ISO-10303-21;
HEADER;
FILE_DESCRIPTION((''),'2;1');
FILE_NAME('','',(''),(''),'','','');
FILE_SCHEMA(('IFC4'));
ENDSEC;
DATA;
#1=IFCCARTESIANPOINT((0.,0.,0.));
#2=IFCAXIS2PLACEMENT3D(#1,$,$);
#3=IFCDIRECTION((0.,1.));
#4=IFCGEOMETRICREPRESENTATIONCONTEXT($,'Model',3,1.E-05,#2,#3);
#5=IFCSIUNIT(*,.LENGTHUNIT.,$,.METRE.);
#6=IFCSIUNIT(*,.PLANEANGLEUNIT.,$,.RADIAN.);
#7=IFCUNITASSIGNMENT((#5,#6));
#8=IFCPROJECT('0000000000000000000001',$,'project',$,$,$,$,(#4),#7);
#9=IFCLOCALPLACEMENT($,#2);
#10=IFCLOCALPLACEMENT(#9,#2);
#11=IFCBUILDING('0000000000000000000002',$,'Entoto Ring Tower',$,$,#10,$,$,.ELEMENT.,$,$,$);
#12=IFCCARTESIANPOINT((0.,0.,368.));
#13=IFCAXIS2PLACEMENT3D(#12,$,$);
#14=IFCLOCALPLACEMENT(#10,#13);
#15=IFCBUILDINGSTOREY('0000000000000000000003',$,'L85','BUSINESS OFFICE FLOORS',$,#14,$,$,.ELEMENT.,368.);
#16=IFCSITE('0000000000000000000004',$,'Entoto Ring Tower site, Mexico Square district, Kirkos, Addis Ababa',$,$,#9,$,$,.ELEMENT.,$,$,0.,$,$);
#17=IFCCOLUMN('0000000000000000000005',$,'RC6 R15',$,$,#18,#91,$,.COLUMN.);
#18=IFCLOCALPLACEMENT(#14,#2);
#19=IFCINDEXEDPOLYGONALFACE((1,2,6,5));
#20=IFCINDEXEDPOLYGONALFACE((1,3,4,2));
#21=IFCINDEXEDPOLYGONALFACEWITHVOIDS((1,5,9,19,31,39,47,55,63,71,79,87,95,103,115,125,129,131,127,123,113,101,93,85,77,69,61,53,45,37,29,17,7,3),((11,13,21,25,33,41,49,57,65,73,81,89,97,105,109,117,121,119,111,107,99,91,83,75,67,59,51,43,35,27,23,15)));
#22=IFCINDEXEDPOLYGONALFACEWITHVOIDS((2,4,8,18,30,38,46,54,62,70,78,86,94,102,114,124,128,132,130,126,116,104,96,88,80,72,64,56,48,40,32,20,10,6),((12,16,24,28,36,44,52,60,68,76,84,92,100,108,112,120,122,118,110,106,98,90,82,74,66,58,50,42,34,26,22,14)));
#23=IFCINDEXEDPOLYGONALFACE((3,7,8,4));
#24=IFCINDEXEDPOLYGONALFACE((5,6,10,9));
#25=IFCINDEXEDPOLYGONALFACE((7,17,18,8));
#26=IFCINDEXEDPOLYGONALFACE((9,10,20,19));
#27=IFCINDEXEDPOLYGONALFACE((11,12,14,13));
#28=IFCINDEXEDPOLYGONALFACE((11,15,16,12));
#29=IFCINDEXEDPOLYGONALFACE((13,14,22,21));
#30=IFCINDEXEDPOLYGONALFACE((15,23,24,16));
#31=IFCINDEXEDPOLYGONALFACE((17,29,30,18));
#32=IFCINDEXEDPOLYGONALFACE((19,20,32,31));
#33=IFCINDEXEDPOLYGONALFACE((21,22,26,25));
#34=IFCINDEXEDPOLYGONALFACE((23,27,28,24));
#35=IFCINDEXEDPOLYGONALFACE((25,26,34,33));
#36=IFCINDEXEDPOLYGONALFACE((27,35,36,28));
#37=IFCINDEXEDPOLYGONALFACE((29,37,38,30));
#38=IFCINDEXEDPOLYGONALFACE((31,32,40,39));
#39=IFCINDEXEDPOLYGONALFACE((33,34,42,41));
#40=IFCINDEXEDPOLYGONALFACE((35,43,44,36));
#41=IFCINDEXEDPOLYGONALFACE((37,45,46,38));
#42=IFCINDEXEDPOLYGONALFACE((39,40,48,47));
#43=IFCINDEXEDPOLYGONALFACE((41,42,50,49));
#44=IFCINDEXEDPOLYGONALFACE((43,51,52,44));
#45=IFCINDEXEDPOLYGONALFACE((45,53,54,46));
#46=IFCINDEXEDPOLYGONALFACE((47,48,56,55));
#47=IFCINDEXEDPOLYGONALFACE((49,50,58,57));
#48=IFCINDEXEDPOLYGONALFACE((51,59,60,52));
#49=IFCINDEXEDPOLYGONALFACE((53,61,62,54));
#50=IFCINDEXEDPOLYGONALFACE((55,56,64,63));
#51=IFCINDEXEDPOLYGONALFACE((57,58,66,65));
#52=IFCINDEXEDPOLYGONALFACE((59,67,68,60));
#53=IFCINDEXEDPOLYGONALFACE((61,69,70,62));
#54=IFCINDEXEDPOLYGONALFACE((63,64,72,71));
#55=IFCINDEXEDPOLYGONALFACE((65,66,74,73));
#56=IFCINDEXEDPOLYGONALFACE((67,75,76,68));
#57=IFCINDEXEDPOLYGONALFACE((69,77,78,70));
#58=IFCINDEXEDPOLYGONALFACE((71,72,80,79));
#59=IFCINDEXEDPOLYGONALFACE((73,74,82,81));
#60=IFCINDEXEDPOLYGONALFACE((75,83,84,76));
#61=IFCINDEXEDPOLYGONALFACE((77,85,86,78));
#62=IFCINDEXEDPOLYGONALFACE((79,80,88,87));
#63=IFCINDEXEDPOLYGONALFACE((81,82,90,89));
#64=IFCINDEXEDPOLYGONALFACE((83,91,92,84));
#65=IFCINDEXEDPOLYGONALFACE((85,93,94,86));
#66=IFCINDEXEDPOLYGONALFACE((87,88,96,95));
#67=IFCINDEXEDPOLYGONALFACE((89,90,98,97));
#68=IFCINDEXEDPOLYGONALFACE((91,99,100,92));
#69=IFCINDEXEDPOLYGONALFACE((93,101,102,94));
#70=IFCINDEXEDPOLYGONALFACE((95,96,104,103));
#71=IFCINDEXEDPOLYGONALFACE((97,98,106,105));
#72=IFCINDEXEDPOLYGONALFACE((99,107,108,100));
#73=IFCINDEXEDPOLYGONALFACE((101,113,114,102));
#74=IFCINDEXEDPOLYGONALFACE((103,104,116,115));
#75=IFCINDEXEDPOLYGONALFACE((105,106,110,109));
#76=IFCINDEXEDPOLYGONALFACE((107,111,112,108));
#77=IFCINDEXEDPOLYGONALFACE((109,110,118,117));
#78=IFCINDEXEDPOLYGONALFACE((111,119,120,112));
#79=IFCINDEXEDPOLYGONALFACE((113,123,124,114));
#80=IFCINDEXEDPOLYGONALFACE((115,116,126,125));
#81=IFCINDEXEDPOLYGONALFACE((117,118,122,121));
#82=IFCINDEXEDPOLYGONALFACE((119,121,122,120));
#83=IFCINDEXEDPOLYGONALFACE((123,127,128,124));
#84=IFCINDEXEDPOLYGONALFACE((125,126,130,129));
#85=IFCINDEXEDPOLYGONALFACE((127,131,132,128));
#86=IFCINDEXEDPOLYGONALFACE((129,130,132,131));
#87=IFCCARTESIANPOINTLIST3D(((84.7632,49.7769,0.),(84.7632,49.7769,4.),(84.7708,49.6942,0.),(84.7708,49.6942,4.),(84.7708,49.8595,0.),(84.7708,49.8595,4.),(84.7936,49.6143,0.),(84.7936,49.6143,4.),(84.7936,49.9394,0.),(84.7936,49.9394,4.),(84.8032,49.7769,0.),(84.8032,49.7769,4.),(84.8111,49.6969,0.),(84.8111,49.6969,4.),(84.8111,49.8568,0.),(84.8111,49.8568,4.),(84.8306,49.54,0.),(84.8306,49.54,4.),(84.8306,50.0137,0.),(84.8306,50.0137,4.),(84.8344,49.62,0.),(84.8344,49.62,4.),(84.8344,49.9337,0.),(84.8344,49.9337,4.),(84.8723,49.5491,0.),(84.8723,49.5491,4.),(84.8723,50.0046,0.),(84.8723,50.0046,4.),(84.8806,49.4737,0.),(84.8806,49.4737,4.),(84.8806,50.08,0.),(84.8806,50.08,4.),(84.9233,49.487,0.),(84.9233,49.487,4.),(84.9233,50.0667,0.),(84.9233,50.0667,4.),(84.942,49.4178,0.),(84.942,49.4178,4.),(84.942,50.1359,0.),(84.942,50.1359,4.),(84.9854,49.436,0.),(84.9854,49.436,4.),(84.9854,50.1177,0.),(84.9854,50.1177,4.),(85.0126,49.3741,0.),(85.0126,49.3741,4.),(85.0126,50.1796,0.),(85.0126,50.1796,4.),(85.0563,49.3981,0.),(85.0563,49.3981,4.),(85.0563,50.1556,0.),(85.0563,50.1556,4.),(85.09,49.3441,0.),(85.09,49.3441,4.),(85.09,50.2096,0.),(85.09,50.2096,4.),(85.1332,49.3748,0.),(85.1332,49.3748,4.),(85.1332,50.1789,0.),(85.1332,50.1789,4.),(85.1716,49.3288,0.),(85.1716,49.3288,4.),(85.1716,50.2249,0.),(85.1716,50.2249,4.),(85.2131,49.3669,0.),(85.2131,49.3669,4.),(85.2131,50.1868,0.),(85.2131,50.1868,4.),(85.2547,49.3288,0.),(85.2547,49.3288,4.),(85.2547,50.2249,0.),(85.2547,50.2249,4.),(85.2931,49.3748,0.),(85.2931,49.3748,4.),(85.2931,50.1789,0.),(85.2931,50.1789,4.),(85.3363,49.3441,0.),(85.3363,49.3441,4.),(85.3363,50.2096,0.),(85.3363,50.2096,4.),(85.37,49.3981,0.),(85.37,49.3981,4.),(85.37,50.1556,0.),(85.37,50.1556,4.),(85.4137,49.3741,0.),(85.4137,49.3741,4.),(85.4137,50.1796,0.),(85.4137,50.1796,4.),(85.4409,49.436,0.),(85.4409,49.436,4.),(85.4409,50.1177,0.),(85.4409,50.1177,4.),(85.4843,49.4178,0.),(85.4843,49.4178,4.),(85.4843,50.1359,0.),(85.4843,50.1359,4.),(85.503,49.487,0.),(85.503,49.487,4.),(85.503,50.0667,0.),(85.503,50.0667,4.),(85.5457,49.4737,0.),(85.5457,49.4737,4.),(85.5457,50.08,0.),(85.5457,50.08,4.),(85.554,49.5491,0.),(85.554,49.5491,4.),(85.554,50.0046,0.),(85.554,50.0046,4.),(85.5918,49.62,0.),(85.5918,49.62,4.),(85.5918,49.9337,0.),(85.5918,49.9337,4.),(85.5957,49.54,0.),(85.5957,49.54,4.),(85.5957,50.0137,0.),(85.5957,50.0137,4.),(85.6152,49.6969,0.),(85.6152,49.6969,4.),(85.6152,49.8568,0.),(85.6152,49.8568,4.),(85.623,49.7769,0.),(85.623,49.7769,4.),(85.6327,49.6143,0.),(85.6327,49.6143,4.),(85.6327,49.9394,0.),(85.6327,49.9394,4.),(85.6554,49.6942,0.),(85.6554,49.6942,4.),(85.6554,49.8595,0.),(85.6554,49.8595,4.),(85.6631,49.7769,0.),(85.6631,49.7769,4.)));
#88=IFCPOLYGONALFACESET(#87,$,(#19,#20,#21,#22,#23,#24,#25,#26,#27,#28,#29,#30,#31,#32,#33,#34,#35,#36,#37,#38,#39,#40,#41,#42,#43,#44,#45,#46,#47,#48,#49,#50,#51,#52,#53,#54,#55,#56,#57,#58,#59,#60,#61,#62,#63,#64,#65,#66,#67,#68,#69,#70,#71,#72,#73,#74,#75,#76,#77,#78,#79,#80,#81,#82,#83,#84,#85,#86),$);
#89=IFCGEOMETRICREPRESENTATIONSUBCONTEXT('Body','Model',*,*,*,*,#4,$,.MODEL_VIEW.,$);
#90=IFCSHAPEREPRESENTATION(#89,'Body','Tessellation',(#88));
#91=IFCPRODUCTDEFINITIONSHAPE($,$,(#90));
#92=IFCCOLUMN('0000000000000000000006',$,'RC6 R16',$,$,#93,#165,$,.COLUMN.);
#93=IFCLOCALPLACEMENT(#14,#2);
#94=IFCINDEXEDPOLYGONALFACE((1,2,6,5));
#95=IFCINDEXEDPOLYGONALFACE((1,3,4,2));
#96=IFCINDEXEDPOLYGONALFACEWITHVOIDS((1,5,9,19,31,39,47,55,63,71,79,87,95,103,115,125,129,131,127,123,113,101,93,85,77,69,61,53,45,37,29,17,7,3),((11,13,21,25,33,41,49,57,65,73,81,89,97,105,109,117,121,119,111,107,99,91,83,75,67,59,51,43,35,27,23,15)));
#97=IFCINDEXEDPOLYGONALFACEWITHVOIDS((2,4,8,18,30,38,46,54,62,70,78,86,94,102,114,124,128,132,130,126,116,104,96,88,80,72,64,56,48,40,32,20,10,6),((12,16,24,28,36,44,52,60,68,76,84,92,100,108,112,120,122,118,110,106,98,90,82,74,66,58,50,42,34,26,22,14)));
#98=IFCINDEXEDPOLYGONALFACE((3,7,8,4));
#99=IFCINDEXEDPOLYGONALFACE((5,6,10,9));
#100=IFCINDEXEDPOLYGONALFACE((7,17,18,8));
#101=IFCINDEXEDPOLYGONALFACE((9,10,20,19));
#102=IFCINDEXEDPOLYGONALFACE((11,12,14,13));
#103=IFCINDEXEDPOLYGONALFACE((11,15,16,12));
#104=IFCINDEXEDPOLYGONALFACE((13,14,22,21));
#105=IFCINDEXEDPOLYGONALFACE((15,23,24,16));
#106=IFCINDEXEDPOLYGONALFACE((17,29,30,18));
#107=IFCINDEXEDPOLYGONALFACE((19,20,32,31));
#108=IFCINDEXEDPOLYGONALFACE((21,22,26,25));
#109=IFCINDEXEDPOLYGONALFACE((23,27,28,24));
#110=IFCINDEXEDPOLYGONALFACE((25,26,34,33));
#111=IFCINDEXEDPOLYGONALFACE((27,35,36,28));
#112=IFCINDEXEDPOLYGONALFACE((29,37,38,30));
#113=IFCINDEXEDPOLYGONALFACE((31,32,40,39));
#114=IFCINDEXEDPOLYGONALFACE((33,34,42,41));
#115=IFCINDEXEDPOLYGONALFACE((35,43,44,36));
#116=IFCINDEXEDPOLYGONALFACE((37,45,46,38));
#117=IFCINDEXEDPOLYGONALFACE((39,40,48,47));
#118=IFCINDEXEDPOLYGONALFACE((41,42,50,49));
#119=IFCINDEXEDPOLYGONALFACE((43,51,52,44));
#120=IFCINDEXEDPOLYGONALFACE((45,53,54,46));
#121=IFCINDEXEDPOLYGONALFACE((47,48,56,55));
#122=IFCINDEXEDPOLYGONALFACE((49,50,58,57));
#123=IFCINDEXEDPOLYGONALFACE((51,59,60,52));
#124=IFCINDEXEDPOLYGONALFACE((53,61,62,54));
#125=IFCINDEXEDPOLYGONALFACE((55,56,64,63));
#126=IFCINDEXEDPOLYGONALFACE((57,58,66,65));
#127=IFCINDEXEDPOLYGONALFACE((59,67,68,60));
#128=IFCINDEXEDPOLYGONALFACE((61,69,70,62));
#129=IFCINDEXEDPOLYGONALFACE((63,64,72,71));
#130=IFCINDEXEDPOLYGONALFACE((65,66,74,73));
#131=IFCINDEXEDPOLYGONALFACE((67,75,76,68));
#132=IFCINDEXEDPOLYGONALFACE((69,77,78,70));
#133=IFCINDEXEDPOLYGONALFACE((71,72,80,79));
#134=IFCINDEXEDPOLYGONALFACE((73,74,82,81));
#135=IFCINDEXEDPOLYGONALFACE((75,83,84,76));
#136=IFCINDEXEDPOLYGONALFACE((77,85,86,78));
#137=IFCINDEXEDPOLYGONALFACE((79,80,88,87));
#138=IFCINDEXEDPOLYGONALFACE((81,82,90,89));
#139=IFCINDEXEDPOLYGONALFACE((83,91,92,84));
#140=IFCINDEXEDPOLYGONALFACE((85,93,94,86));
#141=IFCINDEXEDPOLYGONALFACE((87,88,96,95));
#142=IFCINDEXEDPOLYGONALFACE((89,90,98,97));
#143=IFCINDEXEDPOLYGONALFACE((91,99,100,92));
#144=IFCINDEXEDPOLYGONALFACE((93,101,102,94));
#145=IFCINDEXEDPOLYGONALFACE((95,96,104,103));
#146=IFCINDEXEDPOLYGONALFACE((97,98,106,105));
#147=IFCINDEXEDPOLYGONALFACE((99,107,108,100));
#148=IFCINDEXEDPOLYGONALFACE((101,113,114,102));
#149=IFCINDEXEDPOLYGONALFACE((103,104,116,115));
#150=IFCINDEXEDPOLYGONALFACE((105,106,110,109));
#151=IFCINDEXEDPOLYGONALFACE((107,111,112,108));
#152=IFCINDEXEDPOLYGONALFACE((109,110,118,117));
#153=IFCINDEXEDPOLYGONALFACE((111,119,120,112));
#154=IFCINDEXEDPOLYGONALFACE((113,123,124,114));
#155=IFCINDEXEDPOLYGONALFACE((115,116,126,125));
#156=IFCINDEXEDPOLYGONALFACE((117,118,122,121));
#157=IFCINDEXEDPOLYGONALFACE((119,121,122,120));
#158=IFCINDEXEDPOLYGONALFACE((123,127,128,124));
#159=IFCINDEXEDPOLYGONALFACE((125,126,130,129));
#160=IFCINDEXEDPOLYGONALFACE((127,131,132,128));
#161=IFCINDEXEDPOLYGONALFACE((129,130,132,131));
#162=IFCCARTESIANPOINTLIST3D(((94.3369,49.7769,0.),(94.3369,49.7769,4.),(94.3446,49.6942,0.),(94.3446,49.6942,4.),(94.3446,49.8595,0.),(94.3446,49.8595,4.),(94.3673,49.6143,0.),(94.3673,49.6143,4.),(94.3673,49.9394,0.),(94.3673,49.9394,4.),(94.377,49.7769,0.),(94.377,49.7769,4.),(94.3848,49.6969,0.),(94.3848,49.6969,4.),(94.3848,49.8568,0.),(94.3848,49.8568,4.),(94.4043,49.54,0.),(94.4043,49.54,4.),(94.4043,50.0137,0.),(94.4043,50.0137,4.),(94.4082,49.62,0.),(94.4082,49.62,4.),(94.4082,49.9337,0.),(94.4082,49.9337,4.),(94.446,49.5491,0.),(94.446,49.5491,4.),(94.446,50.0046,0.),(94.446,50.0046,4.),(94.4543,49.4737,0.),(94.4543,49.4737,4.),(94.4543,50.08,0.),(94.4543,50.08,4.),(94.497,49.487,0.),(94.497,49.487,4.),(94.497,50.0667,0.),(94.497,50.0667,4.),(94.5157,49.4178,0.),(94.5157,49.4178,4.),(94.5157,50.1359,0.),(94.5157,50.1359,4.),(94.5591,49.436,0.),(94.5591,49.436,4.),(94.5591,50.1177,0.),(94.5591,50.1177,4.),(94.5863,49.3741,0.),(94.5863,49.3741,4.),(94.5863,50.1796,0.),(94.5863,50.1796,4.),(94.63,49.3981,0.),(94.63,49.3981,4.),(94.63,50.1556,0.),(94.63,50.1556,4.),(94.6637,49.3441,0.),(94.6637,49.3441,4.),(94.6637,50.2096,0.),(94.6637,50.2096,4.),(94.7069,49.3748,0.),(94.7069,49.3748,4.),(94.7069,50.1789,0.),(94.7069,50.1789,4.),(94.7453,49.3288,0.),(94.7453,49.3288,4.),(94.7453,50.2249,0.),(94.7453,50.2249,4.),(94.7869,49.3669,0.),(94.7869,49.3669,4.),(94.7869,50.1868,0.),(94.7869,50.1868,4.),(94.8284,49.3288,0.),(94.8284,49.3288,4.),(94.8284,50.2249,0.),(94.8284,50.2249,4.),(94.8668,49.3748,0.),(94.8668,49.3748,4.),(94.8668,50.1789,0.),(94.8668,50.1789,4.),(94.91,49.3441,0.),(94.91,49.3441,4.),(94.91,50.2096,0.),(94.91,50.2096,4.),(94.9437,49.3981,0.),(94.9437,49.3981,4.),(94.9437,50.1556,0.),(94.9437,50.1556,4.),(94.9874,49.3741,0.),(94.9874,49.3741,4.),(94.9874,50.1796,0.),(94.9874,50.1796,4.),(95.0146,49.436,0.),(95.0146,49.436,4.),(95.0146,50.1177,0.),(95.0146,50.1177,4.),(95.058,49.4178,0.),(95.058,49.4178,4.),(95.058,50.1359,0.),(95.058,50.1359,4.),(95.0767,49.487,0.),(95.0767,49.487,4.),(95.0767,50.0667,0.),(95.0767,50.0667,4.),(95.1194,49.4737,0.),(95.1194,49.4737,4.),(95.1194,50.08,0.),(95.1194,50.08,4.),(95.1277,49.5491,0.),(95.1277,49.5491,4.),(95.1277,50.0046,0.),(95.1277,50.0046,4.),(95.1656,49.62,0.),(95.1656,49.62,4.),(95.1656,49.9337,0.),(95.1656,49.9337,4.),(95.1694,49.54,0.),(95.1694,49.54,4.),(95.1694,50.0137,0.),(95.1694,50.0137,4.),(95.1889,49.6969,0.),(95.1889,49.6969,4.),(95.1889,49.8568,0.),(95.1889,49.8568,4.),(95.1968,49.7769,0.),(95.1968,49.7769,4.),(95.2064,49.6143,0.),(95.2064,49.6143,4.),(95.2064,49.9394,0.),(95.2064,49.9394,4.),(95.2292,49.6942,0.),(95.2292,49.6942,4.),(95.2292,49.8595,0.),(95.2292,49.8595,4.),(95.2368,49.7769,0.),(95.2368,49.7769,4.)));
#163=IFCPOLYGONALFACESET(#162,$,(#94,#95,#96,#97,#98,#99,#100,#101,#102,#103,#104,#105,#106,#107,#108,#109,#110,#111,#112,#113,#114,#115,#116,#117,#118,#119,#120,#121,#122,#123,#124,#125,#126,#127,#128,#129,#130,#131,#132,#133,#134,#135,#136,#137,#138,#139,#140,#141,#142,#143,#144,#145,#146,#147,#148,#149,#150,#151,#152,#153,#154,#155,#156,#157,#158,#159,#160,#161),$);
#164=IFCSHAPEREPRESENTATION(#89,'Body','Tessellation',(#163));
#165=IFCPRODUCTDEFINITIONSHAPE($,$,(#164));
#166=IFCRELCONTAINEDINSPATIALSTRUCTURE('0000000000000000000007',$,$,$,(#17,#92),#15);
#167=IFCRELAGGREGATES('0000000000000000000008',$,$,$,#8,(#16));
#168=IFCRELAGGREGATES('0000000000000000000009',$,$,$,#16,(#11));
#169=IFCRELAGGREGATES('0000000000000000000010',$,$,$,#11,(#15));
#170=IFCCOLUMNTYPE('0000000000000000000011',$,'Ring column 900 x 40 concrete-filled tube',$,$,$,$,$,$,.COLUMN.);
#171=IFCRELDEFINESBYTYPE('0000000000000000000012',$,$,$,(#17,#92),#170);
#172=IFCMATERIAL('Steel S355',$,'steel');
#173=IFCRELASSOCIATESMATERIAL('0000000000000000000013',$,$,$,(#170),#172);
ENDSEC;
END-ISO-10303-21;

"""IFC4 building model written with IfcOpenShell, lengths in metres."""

from ifc_helpers import new_model, si_unit, direction, frame, origin, origin_2d, place, context, subcontext, project, spatial, circle, hollow_circle, extrude, material, material_profile, profile_set, type_object, element, save


model = new_model("IFC4")

# Units and contexts
model_context = context("Model", 3, precision=1e-05, world=origin(), true_north=direction((0.0, 1.0)))
body_context = subcontext(model_context, "Body", "Model", "MODEL_VIEW")
ifc_project = project(units=[si_unit("LENGTHUNIT", "METRE"), si_unit("PLANEANGLEUNIT", "RADIAN")], contexts=[model_context])

# Site, building, storey
site_placement = place(None, origin())
site = spatial("IfcSite", under=ifc_project, at=site_placement, Name="Entoto Ring Tower site, Mexico Square district, Kirkos, Addis Ababa", CompositionType="ELEMENT", RefElevation=0.0)
building_placement = place(site_placement, origin())
building = spatial("IfcBuilding", under=site, at=building_placement, Name="Entoto Ring Tower", CompositionType="ELEMENT")
storey_placement = place(building_placement, frame((0.0, 0.0, 368.0)))
storey = spatial("IfcBuildingStorey", under=building, at=storey_placement, Name="L85", Description="BUSINESS OFFICE FLOORS", CompositionType="ELEMENT", Elevation=368.0)

# Columns
ifc_material_1 = material(Name="Steel S355", Category="steel")
ifc_material_profile_1 = material_profile(ifc_material_1, hollow_circle(Radius=0.45, WallThickness=0.04, at=origin_2d()), Name="CHS 900 x 40")
ifc_material_2 = material(Name="Concrete C60/75", Category="concrete")
ifc_material_profile_2 = material_profile(ifc_material_2, circle(Radius=0.4099, at=origin_2d()), Name="Concrete C60/75 infill")
ifc_profile_set_1 = profile_set([ifc_material_profile_1, ifc_material_profile_2], Name="Steel S355")
column_type = type_object("IfcColumnType", Name="Ring column 900 x 40 concrete-filled tube", PredefinedType="COLUMN", material=ifc_profile_set_1)
for number, where, z_axis, x_axis, name in (
    (1, (85.2131, 49.7769, 0.0), (0.0, 0.0, 1.0), (1.0, 0.0, 0.0), "RC6 R15"),
    (2, (94.7869, 49.7769, 0.0), (0.0, 0.0, 1.0), (1.0, 0.0, 0.0), "RC6 R16"),
):
    element("IfcColumn", number, at=place(storey_placement, frame(where, z_axis=z_axis, x_axis=x_axis)), inside=storey, type_object=column_type, Name=name, PredefinedType="COLUMN", context=body_context, shape_type="SweptSolid", body=[
        extrude(hollow_circle(Radius=0.45, WallThickness=0.04, at=origin_2d()), origin(), (0.0, 0.0, 1.0), 4.0),
    ])

save(model, "model.ifc")
